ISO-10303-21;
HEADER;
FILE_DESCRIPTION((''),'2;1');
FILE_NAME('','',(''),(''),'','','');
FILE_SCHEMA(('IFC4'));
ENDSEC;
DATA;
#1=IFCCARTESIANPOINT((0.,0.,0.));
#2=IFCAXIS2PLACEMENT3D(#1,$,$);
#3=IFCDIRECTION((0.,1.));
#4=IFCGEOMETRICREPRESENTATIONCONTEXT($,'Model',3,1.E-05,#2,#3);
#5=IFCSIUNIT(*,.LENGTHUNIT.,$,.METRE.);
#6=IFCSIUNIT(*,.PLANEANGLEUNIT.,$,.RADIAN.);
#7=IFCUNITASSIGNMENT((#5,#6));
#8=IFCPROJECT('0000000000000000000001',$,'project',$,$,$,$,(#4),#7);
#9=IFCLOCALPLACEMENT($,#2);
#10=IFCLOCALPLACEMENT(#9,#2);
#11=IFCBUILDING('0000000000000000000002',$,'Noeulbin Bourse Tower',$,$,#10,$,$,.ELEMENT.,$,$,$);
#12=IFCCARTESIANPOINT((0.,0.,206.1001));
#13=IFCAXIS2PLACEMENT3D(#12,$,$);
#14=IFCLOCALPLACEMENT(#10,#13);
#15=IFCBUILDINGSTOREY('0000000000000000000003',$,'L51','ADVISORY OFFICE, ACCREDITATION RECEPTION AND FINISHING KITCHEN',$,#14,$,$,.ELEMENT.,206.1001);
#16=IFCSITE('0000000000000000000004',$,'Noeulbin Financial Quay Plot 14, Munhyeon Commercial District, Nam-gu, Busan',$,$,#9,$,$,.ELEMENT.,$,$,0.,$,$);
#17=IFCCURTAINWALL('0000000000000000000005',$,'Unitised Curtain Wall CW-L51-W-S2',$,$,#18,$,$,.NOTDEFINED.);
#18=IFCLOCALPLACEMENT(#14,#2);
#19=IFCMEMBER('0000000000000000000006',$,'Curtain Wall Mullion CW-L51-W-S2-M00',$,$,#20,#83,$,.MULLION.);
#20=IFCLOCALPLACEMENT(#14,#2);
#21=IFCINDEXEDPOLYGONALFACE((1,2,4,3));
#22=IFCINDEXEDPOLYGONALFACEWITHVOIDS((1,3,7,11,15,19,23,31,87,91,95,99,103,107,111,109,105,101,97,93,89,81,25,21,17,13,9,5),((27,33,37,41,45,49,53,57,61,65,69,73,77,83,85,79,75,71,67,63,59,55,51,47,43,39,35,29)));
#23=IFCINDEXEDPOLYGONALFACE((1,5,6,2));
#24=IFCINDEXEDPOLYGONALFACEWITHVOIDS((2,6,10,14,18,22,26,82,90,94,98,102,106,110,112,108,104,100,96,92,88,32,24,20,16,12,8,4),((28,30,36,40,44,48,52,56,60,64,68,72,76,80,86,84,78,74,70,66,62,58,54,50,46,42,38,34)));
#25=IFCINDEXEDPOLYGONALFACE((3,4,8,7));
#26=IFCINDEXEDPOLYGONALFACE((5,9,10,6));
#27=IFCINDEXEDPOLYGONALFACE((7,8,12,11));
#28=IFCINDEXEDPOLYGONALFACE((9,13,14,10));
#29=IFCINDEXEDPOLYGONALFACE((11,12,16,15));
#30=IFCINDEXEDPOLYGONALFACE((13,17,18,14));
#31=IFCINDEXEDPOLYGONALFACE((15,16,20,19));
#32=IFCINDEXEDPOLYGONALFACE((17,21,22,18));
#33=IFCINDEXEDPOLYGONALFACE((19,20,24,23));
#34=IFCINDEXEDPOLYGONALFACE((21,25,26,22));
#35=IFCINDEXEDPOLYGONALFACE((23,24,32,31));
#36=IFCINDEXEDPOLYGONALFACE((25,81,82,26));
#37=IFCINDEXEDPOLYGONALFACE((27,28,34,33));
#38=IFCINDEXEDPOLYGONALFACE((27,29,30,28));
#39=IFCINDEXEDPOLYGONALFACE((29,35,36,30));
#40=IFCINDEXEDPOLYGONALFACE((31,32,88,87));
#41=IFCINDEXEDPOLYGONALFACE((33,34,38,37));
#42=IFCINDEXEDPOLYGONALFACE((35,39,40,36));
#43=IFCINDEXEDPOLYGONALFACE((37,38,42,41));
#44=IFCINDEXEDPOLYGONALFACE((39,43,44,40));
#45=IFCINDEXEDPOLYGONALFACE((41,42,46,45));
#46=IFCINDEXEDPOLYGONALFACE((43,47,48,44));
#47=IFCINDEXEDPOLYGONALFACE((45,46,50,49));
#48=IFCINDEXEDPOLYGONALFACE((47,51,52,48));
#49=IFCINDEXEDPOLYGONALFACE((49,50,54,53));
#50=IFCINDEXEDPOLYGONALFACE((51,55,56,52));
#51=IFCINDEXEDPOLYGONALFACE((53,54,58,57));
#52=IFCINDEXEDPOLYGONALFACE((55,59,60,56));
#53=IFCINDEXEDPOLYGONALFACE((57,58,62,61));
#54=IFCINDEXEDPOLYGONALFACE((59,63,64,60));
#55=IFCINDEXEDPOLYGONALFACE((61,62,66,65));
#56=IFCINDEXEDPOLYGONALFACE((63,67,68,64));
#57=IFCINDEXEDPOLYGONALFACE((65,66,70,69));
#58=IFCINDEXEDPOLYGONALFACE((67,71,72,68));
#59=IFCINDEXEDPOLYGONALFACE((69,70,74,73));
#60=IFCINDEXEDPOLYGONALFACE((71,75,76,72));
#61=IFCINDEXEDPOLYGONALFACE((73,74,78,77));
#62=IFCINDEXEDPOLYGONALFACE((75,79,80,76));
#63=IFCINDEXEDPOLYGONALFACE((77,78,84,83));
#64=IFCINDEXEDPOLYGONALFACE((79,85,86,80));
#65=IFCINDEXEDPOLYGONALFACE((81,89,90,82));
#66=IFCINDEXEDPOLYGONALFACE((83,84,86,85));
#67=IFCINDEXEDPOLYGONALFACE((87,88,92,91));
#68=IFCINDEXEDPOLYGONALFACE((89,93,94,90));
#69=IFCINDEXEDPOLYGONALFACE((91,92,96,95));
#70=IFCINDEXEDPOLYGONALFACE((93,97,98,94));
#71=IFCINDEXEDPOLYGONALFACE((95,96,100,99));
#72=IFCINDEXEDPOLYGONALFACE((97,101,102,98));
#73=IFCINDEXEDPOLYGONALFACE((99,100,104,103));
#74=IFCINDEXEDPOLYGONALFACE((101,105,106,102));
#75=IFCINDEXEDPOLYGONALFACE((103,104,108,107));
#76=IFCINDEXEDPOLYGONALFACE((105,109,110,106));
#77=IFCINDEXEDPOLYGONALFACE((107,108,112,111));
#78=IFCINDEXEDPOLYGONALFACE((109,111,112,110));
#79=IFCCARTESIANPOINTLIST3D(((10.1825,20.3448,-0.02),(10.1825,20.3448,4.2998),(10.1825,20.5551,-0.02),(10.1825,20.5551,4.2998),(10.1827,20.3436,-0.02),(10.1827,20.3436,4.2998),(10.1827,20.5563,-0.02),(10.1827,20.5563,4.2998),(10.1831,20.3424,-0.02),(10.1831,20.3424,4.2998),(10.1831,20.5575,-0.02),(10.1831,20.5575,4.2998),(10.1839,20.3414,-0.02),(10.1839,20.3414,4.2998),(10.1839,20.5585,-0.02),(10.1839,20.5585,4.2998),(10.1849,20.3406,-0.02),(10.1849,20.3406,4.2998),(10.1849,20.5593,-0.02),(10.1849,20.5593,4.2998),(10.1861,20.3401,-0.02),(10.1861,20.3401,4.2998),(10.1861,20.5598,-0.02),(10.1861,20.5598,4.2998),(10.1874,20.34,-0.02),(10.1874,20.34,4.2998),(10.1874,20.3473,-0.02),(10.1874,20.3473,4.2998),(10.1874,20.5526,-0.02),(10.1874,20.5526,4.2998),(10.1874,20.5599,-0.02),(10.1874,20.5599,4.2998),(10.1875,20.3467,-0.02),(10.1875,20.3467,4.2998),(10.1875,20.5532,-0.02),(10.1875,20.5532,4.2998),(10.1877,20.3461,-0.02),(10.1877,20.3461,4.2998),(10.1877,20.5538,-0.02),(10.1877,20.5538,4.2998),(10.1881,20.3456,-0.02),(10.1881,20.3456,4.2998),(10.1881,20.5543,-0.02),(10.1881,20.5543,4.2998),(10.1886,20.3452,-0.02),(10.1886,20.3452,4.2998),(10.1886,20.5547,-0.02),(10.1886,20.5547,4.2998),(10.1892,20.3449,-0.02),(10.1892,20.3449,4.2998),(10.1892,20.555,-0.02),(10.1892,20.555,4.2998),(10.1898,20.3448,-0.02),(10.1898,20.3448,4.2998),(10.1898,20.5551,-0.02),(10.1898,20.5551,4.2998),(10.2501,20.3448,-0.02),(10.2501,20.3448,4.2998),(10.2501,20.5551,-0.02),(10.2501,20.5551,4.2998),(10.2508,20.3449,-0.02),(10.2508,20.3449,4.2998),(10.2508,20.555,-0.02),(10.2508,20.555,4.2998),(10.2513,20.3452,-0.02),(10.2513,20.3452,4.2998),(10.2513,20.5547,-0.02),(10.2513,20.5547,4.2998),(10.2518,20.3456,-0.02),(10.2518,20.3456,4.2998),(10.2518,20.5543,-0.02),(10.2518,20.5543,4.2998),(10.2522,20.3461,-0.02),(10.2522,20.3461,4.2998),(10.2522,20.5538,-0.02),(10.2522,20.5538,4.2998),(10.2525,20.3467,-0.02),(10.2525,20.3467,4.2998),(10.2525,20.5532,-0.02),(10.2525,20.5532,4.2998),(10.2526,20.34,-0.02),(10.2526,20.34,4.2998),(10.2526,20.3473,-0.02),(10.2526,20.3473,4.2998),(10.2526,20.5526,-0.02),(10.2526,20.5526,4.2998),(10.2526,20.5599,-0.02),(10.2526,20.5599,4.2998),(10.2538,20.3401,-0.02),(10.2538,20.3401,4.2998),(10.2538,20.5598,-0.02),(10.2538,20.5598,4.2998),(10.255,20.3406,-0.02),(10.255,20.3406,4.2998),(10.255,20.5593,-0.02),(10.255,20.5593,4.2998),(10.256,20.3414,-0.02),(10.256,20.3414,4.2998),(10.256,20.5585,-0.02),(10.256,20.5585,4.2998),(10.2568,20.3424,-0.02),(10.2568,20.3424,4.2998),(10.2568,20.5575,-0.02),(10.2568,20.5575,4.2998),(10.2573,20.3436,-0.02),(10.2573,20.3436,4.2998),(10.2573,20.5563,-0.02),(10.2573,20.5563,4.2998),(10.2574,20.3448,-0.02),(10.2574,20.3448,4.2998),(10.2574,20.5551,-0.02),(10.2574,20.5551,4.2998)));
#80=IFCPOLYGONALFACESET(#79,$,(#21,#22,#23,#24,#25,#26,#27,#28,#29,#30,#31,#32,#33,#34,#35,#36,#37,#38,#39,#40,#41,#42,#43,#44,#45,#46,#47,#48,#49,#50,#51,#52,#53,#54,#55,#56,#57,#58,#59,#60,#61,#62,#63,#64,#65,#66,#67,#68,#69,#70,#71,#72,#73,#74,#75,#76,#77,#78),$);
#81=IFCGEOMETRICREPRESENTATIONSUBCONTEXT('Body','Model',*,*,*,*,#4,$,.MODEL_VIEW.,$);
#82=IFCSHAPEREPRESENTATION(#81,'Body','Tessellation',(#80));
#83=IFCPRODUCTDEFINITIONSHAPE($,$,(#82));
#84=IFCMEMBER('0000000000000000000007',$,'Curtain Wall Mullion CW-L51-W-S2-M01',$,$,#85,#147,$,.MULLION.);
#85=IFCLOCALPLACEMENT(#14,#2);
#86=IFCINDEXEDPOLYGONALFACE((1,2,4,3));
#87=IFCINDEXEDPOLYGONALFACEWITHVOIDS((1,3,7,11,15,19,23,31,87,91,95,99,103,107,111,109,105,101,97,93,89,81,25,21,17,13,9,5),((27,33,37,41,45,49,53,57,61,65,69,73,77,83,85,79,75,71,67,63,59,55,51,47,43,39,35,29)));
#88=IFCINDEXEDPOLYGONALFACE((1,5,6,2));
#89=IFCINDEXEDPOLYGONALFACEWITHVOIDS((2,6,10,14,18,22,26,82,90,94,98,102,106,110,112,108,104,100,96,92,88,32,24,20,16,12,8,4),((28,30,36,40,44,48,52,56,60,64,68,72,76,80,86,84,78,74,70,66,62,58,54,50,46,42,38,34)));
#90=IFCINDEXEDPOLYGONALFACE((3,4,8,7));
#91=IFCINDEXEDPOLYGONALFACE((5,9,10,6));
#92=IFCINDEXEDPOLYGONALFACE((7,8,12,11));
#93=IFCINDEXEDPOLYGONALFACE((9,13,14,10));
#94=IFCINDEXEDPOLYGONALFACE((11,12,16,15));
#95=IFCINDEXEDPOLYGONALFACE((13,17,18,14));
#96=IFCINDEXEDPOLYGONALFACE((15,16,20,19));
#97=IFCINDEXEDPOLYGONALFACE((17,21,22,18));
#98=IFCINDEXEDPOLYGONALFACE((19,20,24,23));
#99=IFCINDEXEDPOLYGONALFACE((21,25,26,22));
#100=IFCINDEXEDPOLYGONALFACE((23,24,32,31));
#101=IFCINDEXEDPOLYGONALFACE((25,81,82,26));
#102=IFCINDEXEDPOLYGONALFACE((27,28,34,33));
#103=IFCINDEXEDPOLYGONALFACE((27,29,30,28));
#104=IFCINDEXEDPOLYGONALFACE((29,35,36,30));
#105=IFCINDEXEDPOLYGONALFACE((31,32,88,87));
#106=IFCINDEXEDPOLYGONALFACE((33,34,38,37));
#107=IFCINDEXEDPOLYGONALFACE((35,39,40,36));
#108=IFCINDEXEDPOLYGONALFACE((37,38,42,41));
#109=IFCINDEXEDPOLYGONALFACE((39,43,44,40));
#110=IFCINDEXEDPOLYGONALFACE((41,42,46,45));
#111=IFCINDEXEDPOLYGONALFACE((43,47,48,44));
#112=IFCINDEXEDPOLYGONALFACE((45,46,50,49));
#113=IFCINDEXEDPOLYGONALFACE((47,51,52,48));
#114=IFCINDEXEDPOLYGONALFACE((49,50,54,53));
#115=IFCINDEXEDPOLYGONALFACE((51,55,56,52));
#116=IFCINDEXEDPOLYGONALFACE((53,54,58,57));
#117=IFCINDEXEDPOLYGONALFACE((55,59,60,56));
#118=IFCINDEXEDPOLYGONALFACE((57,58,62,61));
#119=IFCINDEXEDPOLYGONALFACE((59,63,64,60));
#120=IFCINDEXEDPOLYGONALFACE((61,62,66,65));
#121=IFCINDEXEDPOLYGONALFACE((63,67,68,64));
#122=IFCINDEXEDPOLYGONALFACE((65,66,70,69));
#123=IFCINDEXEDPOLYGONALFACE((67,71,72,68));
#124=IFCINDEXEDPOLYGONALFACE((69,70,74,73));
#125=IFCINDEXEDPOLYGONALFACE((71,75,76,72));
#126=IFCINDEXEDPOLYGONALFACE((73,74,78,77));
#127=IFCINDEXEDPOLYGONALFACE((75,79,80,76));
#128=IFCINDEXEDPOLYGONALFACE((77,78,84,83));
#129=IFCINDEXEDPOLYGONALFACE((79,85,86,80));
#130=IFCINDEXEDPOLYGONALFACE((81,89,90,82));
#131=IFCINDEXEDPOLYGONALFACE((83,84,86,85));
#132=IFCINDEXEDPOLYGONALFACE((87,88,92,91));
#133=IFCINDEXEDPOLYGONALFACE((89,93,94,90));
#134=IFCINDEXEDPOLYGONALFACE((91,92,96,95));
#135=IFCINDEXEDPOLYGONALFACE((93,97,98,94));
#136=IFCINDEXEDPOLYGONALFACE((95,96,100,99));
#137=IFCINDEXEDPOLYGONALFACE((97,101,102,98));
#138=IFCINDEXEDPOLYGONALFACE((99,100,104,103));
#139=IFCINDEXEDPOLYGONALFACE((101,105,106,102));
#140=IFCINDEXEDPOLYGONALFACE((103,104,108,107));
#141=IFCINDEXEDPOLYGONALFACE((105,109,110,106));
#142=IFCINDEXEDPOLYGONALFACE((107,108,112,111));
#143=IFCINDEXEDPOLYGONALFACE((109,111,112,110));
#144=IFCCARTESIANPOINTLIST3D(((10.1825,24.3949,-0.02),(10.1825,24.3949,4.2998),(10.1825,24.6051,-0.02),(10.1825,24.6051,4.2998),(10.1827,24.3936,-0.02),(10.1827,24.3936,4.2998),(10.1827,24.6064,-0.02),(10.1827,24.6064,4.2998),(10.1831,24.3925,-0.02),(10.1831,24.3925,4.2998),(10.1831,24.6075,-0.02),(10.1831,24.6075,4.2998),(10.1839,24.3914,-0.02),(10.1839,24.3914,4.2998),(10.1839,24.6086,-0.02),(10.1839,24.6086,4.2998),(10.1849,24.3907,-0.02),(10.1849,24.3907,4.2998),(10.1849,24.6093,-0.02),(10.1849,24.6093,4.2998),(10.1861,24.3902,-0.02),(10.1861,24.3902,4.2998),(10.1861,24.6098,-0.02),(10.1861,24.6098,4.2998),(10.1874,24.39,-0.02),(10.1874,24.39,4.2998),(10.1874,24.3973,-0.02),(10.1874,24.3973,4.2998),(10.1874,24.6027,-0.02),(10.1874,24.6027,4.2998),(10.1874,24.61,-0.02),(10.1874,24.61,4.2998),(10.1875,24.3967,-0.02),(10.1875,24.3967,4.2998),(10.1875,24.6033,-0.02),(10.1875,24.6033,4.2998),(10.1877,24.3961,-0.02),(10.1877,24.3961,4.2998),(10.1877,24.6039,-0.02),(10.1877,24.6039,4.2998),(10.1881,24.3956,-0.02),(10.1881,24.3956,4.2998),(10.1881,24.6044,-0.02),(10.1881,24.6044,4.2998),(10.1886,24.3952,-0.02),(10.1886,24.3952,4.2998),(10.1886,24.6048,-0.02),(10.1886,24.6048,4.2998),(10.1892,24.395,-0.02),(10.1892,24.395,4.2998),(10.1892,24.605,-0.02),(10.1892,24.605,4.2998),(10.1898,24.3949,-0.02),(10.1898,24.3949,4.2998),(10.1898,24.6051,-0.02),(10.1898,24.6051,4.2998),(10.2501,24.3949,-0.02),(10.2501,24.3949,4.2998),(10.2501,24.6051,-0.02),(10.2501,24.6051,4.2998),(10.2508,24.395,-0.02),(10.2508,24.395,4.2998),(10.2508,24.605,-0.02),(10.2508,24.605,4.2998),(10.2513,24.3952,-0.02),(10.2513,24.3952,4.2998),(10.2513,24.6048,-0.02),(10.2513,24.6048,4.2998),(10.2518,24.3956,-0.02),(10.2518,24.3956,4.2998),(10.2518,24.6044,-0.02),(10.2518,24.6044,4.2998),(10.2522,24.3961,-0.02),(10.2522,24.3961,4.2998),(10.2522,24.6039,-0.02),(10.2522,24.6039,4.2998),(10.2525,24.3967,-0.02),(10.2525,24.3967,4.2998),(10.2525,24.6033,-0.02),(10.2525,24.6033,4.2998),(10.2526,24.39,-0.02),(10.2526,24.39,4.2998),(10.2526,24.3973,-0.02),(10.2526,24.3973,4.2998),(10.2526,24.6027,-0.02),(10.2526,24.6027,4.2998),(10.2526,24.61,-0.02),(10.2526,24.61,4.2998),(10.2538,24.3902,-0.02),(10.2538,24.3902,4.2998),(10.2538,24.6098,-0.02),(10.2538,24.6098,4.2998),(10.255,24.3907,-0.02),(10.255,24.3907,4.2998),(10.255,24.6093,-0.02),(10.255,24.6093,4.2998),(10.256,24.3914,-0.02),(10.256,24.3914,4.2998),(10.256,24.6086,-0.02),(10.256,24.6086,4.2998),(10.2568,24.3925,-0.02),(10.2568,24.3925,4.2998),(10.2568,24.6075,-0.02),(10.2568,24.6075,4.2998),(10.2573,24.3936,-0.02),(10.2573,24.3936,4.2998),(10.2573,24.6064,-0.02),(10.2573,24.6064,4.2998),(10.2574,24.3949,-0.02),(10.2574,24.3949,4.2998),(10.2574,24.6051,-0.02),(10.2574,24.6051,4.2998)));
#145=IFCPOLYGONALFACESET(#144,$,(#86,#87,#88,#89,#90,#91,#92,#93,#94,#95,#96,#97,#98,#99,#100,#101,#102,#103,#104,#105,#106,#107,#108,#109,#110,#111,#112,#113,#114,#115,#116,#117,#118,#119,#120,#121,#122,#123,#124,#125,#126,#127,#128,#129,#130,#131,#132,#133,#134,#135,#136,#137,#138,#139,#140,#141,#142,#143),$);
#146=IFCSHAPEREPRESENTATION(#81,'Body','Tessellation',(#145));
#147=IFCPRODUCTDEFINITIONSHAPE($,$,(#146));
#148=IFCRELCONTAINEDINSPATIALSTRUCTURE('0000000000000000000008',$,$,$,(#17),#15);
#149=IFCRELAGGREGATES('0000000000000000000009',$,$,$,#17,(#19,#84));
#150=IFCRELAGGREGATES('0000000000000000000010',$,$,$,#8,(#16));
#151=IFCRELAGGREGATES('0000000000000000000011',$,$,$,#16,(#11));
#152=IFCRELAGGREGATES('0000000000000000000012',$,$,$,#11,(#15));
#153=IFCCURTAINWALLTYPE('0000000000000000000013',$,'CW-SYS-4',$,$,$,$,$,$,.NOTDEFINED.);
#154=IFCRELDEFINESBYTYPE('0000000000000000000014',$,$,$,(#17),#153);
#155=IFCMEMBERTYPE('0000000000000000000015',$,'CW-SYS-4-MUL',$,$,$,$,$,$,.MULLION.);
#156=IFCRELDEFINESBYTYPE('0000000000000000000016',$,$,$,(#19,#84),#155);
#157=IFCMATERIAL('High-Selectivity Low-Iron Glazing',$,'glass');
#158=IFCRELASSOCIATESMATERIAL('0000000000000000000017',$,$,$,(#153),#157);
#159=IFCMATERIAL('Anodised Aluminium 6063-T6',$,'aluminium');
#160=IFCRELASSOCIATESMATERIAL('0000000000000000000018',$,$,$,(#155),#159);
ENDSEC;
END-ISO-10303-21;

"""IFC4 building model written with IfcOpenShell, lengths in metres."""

from ifc_helpers import new_model, si_unit, direction, frame, origin, origin_2d, place, context, subcontext, project, spatial, hollow_rectangle, extrude, material, material_profile, profile_set, type_object, element, aggregate, save


model = new_model("IFC4")

# Units and contexts
model_context = context("Model", 3, precision=1e-05, world=origin(), true_north=direction((0.0, 1.0)))
body_context = subcontext(model_context, "Body", "Model", "MODEL_VIEW")
ifc_project = project(units=[si_unit("LENGTHUNIT", "METRE"), si_unit("PLANEANGLEUNIT", "RADIAN")], contexts=[model_context])

# Site, building, storey
site_placement = place(None, origin())
site = spatial("IfcSite", under=ifc_project, at=site_placement, Name="Noeulbin Financial Quay Plot 14, Munhyeon Commercial District, Nam-gu, Busan", CompositionType="ELEMENT", RefElevation=0.0)
building_placement = place(site_placement, origin())
building = spatial("IfcBuilding", under=site, at=building_placement, Name="Noeulbin Bourse Tower", CompositionType="ELEMENT")
storey_placement = place(building_placement, frame((0.0, 0.0, 206.1001)))
storey = spatial("IfcBuildingStorey", under=building, at=storey_placement, Name="L51", Description="ADVISORY OFFICE, ACCREDITATION RECEPTION AND FINISHING KITCHEN", CompositionType="ELEMENT", Elevation=206.1001)

# Curtain wall, members
ifc_material_1 = material(Name="High-Selectivity Low-Iron Glazing", Category="glass")
curtain_wall_type = type_object("IfcCurtainWallType", Name="CW-SYS-4", PredefinedType="NOTDEFINED", material=ifc_material_1)
curtain_wall_1_placement = place(storey_placement, origin())
curtain_wall_1 = element("IfcCurtainWall", 1, at=curtain_wall_1_placement, inside=storey, type_object=curtain_wall_type, Name="Unitised Curtain Wall CW-L51-W-S2", PredefinedType="NOTDEFINED")
ifc_material_2 = material(Name="Anodised Aluminium 6063-T6", Category="aluminium")
ifc_material_profile_1 = material_profile(ifc_material_2, hollow_rectangle(XDim=0.075, YDim=0.22, WallThickness=0.0049, InnerFilletRadius=0.0024, OuterFilletRadius=0.0049, at=origin_2d()), Name="ALU-MULL-75x220x5", Category="LoadBearing")
ifc_profile_set_1 = profile_set([ifc_material_profile_1], Name="Anodised Aluminium 6063-T6")
member_type_1 = type_object("IfcMemberType", Name="CW-SYS-4-MUL", PredefinedType="MULLION", material=ifc_profile_set_1)
member_1_placement = place(storey_placement, frame((10.22, 20.45, -0.02), z_axis=(0.0, 0.0, 1.0), x_axis=(1.0, 0.0, 0.0)))
member_1 = element("IfcMember", 2, at=member_1_placement, type_object=member_type_1, Name="Curtain Wall Mullion CW-L51-W-S2-M00", PredefinedType="MULLION", context=body_context, shape_type="SweptSolid", body=[
    extrude(hollow_rectangle(XDim=0.075, YDim=0.22, WallThickness=0.0049, InnerFilletRadius=0.0024, OuterFilletRadius=0.0049, at=origin_2d()), origin(), (0.0, 0.0, 1.0), 4.3198),
])
member_2_placement = place(storey_placement, frame((10.22, 24.5, -0.02), z_axis=(0.0, 0.0, 1.0), x_axis=(1.0, 0.0, 0.0)))
member_2 = element("IfcMember", 3, at=member_2_placement, type_object=member_type_1, Name="Curtain Wall Mullion CW-L51-W-S2-M01", PredefinedType="MULLION", context=body_context, shape_type="SweptSolid", body=[
    extrude(hollow_rectangle(XDim=0.075, YDim=0.22, WallThickness=0.0049, InnerFilletRadius=0.0024, OuterFilletRadius=0.0049, at=origin_2d()), origin(), (0.0, 0.0, 1.0), 4.3198),
])

aggregate(curtain_wall_1, [member_1, member_2])

save(model, "model.ifc")
